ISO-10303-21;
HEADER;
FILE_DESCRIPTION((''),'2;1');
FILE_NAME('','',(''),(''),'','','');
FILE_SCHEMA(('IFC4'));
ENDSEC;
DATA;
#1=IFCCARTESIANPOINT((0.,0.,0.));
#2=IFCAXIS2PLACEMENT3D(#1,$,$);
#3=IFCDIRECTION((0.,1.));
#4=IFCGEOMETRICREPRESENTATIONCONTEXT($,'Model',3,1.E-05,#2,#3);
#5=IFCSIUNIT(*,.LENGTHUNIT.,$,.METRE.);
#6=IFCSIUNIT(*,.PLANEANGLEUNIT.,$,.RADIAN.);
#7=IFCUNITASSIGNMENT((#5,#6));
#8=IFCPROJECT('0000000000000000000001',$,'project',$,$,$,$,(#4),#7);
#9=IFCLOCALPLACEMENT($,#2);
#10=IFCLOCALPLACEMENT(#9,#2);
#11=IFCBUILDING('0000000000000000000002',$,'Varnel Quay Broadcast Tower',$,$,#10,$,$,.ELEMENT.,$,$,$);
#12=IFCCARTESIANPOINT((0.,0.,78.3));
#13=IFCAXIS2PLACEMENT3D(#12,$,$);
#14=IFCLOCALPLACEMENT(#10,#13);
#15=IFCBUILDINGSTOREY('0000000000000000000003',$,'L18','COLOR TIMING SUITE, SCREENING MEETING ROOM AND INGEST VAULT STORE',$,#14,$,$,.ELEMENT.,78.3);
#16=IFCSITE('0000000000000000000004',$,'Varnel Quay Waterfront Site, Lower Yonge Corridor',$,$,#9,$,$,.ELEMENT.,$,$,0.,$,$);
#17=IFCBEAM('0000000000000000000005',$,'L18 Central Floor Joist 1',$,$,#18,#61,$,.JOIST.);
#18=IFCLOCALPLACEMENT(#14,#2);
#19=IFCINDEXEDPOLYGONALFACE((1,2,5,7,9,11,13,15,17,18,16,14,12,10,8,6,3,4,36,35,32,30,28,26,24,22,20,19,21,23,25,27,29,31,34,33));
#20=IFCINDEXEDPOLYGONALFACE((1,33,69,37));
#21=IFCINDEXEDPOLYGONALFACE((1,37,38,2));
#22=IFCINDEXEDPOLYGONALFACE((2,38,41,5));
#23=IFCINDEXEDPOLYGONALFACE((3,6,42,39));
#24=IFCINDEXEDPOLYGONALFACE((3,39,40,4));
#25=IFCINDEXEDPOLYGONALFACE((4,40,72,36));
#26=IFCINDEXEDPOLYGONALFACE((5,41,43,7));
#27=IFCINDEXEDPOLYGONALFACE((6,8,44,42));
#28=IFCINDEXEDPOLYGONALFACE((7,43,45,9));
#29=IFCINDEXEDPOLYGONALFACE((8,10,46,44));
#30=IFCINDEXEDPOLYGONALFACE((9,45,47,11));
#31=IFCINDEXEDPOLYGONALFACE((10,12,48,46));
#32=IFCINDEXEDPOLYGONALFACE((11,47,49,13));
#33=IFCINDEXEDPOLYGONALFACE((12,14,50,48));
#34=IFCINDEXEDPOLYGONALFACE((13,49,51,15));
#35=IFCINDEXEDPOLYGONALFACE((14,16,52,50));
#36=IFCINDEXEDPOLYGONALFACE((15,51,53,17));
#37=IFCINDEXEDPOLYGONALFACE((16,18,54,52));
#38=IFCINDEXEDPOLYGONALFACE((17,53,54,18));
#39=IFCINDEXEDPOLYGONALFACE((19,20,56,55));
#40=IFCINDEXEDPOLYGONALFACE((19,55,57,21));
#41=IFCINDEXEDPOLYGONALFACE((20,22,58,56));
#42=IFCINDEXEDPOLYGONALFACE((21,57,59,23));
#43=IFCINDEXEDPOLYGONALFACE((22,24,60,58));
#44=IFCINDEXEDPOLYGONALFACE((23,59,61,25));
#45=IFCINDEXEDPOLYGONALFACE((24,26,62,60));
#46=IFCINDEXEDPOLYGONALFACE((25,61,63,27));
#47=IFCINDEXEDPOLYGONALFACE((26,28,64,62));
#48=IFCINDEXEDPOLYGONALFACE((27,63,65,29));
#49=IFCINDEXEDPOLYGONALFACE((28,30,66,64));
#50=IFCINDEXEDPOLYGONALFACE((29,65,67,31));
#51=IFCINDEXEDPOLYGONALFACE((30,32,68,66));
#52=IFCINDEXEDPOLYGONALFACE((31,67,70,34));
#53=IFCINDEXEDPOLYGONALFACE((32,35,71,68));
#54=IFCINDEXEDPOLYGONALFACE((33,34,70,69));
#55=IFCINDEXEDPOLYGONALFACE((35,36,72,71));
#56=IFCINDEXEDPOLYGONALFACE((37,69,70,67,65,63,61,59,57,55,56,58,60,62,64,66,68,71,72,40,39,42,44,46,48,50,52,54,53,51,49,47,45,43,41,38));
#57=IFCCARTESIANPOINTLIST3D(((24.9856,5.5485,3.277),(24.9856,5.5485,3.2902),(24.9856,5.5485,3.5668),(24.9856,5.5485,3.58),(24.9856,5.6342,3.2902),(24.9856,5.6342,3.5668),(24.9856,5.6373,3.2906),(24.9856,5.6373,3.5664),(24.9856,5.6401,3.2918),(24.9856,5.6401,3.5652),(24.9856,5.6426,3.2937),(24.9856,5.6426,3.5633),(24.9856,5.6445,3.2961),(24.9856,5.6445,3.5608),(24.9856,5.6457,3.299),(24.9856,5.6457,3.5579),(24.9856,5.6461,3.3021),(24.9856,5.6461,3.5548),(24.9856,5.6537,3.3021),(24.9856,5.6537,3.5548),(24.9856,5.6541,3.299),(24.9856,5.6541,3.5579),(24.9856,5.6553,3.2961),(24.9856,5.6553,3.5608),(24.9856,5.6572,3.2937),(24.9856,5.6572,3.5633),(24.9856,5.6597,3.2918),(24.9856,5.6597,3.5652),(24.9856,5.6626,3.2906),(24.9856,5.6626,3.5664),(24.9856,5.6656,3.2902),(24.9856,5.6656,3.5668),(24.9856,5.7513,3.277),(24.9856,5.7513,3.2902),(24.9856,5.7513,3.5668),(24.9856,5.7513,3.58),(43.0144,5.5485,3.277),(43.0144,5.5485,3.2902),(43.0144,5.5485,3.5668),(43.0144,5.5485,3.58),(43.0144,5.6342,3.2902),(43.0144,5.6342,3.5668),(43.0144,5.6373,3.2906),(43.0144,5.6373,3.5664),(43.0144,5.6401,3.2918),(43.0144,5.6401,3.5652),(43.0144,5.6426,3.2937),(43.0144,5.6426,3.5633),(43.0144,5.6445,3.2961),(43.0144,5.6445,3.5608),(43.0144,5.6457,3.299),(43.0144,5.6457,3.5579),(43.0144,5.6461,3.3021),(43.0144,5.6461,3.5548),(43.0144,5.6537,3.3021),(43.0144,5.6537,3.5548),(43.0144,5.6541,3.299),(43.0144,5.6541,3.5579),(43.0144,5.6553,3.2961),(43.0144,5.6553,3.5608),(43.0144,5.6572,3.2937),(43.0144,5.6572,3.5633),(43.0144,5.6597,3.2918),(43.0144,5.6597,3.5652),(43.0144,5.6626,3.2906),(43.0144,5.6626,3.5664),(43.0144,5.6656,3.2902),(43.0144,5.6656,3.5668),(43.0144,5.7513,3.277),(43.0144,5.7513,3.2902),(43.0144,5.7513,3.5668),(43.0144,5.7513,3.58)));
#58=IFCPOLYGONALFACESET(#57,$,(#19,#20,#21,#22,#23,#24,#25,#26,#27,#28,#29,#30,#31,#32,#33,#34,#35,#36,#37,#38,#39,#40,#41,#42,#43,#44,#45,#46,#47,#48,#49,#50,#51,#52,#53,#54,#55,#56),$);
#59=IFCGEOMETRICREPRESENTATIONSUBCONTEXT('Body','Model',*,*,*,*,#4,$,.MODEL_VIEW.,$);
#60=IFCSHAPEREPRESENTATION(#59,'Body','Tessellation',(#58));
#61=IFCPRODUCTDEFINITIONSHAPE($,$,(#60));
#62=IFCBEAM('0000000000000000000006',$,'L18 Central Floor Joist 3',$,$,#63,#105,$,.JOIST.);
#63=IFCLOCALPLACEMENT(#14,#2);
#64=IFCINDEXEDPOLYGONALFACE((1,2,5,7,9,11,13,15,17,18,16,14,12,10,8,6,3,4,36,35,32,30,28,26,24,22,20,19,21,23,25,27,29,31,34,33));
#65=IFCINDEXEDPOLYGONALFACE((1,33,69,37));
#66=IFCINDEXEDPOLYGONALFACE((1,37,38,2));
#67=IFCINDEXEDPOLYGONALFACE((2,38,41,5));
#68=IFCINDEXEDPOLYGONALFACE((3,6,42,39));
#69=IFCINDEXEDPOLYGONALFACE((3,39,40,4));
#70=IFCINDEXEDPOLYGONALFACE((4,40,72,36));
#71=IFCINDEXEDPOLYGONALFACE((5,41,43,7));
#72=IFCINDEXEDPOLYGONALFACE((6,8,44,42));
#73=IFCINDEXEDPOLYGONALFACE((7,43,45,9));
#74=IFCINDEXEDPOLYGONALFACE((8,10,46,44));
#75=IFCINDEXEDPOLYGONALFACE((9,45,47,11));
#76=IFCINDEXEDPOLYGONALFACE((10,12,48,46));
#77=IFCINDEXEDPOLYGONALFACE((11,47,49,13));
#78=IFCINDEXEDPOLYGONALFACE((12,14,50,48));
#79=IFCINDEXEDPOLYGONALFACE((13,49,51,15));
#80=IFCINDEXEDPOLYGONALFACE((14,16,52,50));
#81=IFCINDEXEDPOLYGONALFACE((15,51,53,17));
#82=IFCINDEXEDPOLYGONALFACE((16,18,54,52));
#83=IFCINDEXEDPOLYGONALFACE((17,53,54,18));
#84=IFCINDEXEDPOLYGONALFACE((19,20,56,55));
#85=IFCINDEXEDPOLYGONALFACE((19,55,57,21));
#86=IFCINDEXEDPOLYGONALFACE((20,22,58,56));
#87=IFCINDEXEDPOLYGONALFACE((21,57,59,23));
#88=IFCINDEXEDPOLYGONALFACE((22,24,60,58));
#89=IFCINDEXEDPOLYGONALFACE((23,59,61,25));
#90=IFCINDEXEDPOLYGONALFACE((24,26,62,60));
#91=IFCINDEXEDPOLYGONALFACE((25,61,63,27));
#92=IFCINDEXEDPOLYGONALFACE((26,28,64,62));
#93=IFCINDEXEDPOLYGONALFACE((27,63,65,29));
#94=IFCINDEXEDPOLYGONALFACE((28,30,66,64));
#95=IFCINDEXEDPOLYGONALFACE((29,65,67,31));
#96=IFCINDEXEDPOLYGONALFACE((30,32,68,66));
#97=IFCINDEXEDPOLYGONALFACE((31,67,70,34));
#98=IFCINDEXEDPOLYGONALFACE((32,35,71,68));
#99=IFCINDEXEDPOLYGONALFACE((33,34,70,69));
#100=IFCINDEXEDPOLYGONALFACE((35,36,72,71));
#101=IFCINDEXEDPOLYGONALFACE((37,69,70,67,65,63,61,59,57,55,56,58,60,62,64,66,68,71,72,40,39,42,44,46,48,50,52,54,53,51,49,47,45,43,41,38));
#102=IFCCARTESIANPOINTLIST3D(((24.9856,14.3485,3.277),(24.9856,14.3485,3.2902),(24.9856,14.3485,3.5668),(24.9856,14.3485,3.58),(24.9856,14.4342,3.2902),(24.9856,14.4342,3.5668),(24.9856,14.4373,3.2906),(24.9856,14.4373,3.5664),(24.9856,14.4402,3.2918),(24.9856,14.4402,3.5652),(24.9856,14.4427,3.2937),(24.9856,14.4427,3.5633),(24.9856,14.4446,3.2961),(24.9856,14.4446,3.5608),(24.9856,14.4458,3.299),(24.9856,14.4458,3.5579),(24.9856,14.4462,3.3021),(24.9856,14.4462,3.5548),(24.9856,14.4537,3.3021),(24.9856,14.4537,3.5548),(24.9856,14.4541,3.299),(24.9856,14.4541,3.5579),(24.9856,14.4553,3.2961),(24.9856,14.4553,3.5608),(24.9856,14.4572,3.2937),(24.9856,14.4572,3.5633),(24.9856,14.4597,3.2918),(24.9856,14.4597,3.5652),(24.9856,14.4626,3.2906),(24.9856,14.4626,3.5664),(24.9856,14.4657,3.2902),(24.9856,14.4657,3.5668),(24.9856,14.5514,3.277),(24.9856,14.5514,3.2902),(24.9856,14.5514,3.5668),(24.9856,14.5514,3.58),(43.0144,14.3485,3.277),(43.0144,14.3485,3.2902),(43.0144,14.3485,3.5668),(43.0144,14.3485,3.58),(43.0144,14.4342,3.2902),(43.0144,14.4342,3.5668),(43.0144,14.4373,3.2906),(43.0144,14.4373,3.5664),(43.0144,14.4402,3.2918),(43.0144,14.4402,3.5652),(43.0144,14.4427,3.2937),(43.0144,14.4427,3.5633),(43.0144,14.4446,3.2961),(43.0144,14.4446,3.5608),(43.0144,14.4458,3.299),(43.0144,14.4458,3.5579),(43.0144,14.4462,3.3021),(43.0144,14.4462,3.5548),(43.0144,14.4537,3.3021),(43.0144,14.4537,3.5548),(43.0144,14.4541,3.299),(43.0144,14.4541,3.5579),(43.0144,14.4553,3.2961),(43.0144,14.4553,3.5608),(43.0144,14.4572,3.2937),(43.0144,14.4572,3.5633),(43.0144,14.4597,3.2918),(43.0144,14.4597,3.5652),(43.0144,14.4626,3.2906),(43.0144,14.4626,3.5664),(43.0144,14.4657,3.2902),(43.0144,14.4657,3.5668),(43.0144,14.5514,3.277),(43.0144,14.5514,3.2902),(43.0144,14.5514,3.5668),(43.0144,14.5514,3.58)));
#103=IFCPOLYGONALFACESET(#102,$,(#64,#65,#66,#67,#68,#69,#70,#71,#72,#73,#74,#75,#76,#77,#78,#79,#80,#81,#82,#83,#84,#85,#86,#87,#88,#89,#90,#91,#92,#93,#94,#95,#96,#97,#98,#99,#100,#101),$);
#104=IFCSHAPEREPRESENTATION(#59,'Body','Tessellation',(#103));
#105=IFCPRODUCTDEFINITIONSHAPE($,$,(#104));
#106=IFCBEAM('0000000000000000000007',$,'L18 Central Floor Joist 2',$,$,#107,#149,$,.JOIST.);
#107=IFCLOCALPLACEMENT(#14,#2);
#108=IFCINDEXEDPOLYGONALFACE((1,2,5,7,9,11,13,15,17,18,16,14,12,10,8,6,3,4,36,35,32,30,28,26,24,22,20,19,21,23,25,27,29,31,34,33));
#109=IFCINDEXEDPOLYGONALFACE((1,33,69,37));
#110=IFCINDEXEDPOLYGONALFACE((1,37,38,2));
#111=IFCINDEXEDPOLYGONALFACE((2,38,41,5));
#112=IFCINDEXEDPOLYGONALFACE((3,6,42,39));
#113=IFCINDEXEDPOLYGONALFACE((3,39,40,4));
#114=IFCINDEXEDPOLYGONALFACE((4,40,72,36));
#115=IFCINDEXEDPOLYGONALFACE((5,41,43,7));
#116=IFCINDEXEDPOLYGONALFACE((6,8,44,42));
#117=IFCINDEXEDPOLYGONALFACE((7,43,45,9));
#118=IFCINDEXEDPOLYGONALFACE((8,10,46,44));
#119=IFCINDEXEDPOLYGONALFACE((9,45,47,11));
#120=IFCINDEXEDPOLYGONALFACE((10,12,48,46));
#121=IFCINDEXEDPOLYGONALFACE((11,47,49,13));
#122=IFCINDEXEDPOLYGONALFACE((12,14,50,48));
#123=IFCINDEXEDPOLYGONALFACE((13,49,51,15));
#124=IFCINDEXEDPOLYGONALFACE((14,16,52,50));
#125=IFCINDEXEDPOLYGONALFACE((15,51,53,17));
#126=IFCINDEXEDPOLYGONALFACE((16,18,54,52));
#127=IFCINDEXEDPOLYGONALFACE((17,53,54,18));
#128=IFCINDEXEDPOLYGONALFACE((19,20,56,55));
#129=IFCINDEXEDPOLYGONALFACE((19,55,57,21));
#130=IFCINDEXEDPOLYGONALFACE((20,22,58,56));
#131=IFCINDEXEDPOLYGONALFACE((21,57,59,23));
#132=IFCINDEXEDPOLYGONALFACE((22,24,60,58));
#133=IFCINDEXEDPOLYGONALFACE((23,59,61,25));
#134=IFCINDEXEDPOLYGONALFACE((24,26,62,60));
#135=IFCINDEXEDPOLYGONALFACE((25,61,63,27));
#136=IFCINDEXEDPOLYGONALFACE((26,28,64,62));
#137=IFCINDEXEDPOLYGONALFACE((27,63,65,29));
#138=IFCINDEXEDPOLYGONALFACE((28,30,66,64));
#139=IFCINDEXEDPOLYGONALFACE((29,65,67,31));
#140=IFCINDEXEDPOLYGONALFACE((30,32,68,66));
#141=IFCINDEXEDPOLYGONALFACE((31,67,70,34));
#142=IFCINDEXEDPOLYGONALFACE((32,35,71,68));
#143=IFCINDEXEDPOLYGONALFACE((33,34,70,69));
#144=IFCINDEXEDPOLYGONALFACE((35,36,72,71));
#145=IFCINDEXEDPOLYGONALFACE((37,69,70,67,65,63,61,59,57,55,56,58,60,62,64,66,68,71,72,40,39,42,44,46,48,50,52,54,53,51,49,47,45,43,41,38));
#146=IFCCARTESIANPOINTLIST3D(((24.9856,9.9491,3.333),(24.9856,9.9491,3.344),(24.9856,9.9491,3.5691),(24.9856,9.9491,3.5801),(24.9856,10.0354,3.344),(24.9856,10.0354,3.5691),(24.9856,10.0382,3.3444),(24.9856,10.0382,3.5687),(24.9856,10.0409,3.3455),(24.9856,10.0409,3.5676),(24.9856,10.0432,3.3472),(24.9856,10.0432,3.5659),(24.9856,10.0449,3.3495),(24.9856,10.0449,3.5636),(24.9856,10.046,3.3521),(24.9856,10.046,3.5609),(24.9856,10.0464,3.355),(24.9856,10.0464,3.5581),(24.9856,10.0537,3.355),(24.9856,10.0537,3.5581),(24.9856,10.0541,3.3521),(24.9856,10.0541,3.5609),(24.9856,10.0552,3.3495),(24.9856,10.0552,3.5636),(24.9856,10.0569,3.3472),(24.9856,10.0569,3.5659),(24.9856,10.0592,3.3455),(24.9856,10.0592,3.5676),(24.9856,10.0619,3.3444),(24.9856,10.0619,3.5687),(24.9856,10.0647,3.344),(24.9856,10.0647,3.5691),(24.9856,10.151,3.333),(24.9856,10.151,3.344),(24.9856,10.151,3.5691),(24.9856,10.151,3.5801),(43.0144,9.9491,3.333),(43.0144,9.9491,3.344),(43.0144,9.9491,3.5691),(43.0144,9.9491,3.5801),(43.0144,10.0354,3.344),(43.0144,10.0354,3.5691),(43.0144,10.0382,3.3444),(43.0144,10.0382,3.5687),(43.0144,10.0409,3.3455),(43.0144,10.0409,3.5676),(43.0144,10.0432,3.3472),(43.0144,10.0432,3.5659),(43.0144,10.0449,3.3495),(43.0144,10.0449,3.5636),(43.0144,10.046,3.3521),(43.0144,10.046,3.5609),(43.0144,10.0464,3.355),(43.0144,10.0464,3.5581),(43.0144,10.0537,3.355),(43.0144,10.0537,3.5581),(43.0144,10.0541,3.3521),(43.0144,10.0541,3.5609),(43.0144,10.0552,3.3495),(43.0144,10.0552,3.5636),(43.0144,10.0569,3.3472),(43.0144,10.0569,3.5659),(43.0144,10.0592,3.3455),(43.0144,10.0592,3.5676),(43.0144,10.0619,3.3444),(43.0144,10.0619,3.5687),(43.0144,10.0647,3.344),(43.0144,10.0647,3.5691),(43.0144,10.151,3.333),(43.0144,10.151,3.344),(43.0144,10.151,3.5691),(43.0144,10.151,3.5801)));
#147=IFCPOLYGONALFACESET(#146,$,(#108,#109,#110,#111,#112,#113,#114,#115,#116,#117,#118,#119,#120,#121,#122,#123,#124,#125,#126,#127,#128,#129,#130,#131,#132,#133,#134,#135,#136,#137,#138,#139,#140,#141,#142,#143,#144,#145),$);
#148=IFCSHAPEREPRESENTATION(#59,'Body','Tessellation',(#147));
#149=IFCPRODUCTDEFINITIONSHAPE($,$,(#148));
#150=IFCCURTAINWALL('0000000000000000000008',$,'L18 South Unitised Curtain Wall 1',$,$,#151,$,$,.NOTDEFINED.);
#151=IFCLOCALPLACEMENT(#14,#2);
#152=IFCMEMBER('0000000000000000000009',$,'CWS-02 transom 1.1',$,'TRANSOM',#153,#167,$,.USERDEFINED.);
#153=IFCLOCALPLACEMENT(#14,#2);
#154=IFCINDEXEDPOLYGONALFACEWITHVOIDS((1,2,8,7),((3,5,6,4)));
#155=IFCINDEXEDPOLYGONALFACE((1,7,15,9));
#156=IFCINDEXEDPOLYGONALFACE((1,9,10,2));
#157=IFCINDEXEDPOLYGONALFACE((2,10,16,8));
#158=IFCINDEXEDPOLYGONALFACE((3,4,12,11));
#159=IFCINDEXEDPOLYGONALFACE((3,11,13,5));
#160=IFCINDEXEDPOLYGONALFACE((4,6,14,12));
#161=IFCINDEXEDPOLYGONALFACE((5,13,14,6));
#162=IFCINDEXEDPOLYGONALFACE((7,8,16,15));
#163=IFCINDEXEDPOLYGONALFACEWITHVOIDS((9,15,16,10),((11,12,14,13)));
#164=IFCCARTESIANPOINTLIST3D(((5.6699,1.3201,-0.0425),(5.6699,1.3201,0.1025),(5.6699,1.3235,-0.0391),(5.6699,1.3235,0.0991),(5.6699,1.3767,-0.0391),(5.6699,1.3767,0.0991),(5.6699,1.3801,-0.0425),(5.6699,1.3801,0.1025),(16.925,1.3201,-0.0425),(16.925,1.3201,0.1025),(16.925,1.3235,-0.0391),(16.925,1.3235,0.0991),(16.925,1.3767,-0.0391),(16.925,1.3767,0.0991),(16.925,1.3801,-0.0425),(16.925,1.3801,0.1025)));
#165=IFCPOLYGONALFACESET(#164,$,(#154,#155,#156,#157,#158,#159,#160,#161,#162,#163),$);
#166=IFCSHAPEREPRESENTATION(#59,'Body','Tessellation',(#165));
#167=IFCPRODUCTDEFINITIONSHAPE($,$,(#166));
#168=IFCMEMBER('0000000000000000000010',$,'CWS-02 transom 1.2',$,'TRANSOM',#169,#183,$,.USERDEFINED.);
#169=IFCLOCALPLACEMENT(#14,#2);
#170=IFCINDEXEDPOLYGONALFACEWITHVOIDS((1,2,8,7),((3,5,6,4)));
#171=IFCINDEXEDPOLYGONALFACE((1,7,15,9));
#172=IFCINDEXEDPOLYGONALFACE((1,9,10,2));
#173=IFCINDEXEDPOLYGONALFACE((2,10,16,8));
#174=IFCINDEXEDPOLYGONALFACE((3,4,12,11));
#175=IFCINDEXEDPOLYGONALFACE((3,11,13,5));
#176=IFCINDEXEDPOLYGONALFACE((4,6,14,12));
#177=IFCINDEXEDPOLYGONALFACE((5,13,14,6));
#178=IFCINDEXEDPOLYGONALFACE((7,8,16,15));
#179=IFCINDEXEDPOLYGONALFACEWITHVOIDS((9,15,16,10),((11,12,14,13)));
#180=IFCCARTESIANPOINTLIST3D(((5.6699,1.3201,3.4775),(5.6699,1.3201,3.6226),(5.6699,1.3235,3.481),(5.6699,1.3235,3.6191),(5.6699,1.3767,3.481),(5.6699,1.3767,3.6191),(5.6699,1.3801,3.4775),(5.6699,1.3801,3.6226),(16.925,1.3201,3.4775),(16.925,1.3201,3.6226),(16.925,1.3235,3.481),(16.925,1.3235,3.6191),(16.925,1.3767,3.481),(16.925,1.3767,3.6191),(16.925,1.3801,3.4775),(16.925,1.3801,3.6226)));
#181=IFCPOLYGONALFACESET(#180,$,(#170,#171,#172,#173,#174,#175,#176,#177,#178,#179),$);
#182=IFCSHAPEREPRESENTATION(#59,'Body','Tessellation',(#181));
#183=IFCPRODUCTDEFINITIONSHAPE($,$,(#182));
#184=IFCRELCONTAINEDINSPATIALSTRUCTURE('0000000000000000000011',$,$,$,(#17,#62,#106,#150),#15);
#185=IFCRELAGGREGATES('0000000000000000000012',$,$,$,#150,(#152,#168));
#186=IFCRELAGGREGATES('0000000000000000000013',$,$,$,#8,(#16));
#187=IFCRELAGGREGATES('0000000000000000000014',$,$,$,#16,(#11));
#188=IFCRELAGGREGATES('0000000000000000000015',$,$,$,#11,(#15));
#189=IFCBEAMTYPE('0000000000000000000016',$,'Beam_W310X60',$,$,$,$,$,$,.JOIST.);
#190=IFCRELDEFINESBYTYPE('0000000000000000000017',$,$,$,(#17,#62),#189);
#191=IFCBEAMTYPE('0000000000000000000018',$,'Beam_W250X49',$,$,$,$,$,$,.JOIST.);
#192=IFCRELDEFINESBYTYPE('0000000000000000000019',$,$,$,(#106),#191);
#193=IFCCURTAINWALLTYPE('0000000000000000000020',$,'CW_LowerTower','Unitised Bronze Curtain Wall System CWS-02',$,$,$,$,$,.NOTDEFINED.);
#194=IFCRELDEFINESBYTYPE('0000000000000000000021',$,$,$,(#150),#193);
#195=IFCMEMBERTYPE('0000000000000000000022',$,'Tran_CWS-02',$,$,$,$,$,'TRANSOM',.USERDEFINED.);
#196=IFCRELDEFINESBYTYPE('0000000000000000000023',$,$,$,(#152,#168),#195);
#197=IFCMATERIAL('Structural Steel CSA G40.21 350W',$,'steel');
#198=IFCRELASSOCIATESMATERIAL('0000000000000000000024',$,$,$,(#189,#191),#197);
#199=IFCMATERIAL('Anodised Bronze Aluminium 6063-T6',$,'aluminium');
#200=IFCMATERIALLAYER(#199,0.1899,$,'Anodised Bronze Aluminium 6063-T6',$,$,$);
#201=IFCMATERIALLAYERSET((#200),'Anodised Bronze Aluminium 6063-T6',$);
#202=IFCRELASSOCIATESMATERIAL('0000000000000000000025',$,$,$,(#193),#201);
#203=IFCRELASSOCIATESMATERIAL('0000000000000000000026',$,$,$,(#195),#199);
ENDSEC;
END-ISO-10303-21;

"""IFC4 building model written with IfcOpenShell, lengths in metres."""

from ifc_helpers import new_model, si_unit, direction, frame, origin, origin_2d, place, context, subcontext, project, spatial, hollow_rectangle, i_section, extrude, source, transform, mapped, material, layer, layer_set, material_profile, profile_set, type_object, type_shapes, element, aggregate, save


model = new_model("IFC4")

# Units and contexts
model_context = context("Model", 3, precision=1e-05, world=origin(), true_north=direction((0.0, 1.0)))
body_context = subcontext(model_context, "Body", "Model", "MODEL_VIEW")
ifc_project = project(units=[si_unit("LENGTHUNIT", "METRE"), si_unit("PLANEANGLEUNIT", "RADIAN")], contexts=[model_context])

# Site, building, storey
site_placement = place(None, origin())
site = spatial("IfcSite", under=ifc_project, at=site_placement, Name="Varnel Quay Waterfront Site, Lower Yonge Corridor", CompositionType="ELEMENT", RefElevation=0.0)
building_placement = place(site_placement, origin())
building = spatial("IfcBuilding", under=site, at=building_placement, Name="Varnel Quay Broadcast Tower", CompositionType="ELEMENT")
storey_placement = place(building_placement, frame((0.0, 0.0, 78.3)))
storey = spatial("IfcBuildingStorey", under=building, at=storey_placement, Name="L18", Description="COLOR TIMING SUITE, SCREENING MEETING ROOM AND INGEST VAULT STORE", CompositionType="ELEMENT", Elevation=78.3)

# Shared definitions
ifc_material_1 = material(Name="Structural Steel CSA G40.21 350W", Category="steel")

# Beams
ifc_material_profile_1 = material_profile(ifc_material_1, i_section(OverallWidth=0.2029, OverallDepth=0.303, WebThickness=0.0076, FlangeThickness=0.0132, FilletRadius=0.012, at=origin_2d()), Name="W310X60")
ifc_profile_set_1 = profile_set([ifc_material_profile_1], Name="Structural Steel CSA G40.21 350W")
beam_type_1 = type_object("IfcBeamType", Name="Beam_W310X60", PredefinedType="JOIST", material=ifc_profile_set_1)
shared_shape_1 = source(origin(), body_context, "Body", "SweptSolid", [
    extrude(i_section(OverallWidth=0.2029, OverallDepth=0.303, WebThickness=0.0076, FlangeThickness=0.0132, FilletRadius=0.012, at=origin_2d()), origin(), (0.0, 0.0, 1.0), 18.0288),
])
type_shapes(beam_type_1, [shared_shape_1])
for number, where, z_axis, x_axis, name in (
    (1, (24.9856, 5.6499, 3.4285), (1.0, 0.0, 0.0), (0.0, 1.0, 0.0), "L18 Central Floor Joist 1"),
    (2, (24.9856, 14.45, 3.4285), (1.0, 0.0, 0.0), (0.0, 1.0, 0.0), "L18 Central Floor Joist 3"),
):
    element("IfcBeam", number, at=place(storey_placement, frame(where, z_axis=z_axis, x_axis=x_axis)), inside=storey, type_object=beam_type_1, Name=name, PredefinedType="JOIST", context=body_context, shape_type="MappedRepresentation", body=[
        mapped(shared_shape_1, transform((0.0, 0.0, 0.0), x_axis=(1.0, 0.0, 0.0), y_axis=(0.0, 1.0, 0.0), z_axis=(0.0, 0.0, 1.0), scale=1.0)),
    ])
ifc_material_profile_2 = material_profile(ifc_material_1, i_section(OverallWidth=0.2019, OverallDepth=0.2471, WebThickness=0.0073, FlangeThickness=0.011, FilletRadius=0.011, at=origin_2d()), Name="W250X49")
ifc_profile_set_2 = profile_set([ifc_material_profile_2], Name="Structural Steel CSA G40.21 350W")
beam_type_2 = type_object("IfcBeamType", Name="Beam_W250X49", PredefinedType="JOIST", material=ifc_profile_set_2)
shared_shape_2 = source(origin(), body_context, "Body", "SweptSolid", [
    extrude(i_section(OverallWidth=0.2019, OverallDepth=0.2471, WebThickness=0.0073, FlangeThickness=0.011, FilletRadius=0.011, at=origin_2d()), origin(), (0.0, 0.0, 1.0), 18.0288),
])
type_shapes(beam_type_2, [shared_shape_2])
beam_1_placement = place(storey_placement, frame((24.9856, 10.05, 3.4565), z_axis=(1.0, 0.0, 0.0), x_axis=(0.0, 1.0, 0.0)))
element("IfcBeam", 3, at=beam_1_placement, inside=storey, type_object=beam_type_2, Name="L18 Central Floor Joist 2", PredefinedType="JOIST", context=body_context, shape_type="MappedRepresentation", body=[
    mapped(shared_shape_2, transform((0.0, 0.0, 0.0), x_axis=(1.0, 0.0, 0.0), y_axis=(0.0, 1.0, 0.0), z_axis=(0.0, 0.0, 1.0), scale=1.0)),
])

# Curtain wall, members
ifc_material_2 = material(Name="Anodised Bronze Aluminium 6063-T6", Category="aluminium")
ifc_layer_1 = layer(ifc_material_2, 0.1899, Name="Anodised Bronze Aluminium 6063-T6")
ifc_layer_set_1 = layer_set([ifc_layer_1], Name="Anodised Bronze Aluminium 6063-T6")
curtain_wall_type_1 = type_object("IfcCurtainWallType", Name="CW_LowerTower", Description="Unitised Bronze Curtain Wall System CWS-02", PredefinedType="NOTDEFINED", material=ifc_layer_set_1)
curtain_wall_1_placement = place(storey_placement, origin())
curtain_wall_1 = element("IfcCurtainWall", 4, at=curtain_wall_1_placement, inside=storey, type_object=curtain_wall_type_1, Name="L18 South Unitised Curtain Wall 1", PredefinedType="NOTDEFINED")
ifc_material_profile_3 = material_profile(ifc_material_2, hollow_rectangle(XDim=0.0601, YDim=0.145, WallThickness=0.0034, at=origin_2d()), Name="ALU60X145X3.5")
ifc_profile_set_3 = profile_set([ifc_material_profile_3], Name="Anodised Bronze Aluminium 6063-T6")
member_type_1 = type_object("IfcMemberType", Name="Tran_CWS-02", ElementType="TRANSOM", PredefinedType="USERDEFINED", material=ifc_profile_set_3)
shared_shape_3 = source(origin(), body_context, "Body", "SweptSolid", [
    extrude(hollow_rectangle(XDim=0.0601, YDim=0.145, WallThickness=0.0034, at=origin_2d()), origin(), (0.0, 0.0, 1.0), 11.2551),
])
member_1_placement = place(storey_placement, frame((5.6699, 1.3501, 0.03), z_axis=(1.0, 0.0, 0.0), x_axis=(0.0, 1.0, 0.0)))
member_1 = element("IfcMember", 5, at=member_1_placement, type_object=member_type_1, Name="CWS-02 transom 1.1", ObjectType="TRANSOM", PredefinedType="USERDEFINED", context=body_context, shape_type="MappedRepresentation", body=[
    mapped(shared_shape_3, transform((0.0, 0.0, 0.0), x_axis=(1.0, 0.0, 0.0), y_axis=(0.0, 1.0, 0.0), z_axis=(0.0, 0.0, 1.0), scale=1.0)),
])
member_2_placement = place(storey_placement, frame((5.6699, 1.3501, 3.55), z_axis=(1.0, 0.0, 0.0), x_axis=(0.0, 1.0, 0.0)))
member_2 = element("IfcMember", 6, at=member_2_placement, type_object=member_type_1, Name="CWS-02 transom 1.2", ObjectType="TRANSOM", PredefinedType="USERDEFINED", context=body_context, shape_type="MappedRepresentation", body=[
    mapped(shared_shape_3, transform((0.0, 0.0, 0.0), x_axis=(1.0, 0.0, 0.0), y_axis=(0.0, 1.0, 0.0), z_axis=(0.0, 0.0, 1.0), scale=1.0)),
])

aggregate(curtain_wall_1, [member_1, member_2])

save(model, "model.ifc")
